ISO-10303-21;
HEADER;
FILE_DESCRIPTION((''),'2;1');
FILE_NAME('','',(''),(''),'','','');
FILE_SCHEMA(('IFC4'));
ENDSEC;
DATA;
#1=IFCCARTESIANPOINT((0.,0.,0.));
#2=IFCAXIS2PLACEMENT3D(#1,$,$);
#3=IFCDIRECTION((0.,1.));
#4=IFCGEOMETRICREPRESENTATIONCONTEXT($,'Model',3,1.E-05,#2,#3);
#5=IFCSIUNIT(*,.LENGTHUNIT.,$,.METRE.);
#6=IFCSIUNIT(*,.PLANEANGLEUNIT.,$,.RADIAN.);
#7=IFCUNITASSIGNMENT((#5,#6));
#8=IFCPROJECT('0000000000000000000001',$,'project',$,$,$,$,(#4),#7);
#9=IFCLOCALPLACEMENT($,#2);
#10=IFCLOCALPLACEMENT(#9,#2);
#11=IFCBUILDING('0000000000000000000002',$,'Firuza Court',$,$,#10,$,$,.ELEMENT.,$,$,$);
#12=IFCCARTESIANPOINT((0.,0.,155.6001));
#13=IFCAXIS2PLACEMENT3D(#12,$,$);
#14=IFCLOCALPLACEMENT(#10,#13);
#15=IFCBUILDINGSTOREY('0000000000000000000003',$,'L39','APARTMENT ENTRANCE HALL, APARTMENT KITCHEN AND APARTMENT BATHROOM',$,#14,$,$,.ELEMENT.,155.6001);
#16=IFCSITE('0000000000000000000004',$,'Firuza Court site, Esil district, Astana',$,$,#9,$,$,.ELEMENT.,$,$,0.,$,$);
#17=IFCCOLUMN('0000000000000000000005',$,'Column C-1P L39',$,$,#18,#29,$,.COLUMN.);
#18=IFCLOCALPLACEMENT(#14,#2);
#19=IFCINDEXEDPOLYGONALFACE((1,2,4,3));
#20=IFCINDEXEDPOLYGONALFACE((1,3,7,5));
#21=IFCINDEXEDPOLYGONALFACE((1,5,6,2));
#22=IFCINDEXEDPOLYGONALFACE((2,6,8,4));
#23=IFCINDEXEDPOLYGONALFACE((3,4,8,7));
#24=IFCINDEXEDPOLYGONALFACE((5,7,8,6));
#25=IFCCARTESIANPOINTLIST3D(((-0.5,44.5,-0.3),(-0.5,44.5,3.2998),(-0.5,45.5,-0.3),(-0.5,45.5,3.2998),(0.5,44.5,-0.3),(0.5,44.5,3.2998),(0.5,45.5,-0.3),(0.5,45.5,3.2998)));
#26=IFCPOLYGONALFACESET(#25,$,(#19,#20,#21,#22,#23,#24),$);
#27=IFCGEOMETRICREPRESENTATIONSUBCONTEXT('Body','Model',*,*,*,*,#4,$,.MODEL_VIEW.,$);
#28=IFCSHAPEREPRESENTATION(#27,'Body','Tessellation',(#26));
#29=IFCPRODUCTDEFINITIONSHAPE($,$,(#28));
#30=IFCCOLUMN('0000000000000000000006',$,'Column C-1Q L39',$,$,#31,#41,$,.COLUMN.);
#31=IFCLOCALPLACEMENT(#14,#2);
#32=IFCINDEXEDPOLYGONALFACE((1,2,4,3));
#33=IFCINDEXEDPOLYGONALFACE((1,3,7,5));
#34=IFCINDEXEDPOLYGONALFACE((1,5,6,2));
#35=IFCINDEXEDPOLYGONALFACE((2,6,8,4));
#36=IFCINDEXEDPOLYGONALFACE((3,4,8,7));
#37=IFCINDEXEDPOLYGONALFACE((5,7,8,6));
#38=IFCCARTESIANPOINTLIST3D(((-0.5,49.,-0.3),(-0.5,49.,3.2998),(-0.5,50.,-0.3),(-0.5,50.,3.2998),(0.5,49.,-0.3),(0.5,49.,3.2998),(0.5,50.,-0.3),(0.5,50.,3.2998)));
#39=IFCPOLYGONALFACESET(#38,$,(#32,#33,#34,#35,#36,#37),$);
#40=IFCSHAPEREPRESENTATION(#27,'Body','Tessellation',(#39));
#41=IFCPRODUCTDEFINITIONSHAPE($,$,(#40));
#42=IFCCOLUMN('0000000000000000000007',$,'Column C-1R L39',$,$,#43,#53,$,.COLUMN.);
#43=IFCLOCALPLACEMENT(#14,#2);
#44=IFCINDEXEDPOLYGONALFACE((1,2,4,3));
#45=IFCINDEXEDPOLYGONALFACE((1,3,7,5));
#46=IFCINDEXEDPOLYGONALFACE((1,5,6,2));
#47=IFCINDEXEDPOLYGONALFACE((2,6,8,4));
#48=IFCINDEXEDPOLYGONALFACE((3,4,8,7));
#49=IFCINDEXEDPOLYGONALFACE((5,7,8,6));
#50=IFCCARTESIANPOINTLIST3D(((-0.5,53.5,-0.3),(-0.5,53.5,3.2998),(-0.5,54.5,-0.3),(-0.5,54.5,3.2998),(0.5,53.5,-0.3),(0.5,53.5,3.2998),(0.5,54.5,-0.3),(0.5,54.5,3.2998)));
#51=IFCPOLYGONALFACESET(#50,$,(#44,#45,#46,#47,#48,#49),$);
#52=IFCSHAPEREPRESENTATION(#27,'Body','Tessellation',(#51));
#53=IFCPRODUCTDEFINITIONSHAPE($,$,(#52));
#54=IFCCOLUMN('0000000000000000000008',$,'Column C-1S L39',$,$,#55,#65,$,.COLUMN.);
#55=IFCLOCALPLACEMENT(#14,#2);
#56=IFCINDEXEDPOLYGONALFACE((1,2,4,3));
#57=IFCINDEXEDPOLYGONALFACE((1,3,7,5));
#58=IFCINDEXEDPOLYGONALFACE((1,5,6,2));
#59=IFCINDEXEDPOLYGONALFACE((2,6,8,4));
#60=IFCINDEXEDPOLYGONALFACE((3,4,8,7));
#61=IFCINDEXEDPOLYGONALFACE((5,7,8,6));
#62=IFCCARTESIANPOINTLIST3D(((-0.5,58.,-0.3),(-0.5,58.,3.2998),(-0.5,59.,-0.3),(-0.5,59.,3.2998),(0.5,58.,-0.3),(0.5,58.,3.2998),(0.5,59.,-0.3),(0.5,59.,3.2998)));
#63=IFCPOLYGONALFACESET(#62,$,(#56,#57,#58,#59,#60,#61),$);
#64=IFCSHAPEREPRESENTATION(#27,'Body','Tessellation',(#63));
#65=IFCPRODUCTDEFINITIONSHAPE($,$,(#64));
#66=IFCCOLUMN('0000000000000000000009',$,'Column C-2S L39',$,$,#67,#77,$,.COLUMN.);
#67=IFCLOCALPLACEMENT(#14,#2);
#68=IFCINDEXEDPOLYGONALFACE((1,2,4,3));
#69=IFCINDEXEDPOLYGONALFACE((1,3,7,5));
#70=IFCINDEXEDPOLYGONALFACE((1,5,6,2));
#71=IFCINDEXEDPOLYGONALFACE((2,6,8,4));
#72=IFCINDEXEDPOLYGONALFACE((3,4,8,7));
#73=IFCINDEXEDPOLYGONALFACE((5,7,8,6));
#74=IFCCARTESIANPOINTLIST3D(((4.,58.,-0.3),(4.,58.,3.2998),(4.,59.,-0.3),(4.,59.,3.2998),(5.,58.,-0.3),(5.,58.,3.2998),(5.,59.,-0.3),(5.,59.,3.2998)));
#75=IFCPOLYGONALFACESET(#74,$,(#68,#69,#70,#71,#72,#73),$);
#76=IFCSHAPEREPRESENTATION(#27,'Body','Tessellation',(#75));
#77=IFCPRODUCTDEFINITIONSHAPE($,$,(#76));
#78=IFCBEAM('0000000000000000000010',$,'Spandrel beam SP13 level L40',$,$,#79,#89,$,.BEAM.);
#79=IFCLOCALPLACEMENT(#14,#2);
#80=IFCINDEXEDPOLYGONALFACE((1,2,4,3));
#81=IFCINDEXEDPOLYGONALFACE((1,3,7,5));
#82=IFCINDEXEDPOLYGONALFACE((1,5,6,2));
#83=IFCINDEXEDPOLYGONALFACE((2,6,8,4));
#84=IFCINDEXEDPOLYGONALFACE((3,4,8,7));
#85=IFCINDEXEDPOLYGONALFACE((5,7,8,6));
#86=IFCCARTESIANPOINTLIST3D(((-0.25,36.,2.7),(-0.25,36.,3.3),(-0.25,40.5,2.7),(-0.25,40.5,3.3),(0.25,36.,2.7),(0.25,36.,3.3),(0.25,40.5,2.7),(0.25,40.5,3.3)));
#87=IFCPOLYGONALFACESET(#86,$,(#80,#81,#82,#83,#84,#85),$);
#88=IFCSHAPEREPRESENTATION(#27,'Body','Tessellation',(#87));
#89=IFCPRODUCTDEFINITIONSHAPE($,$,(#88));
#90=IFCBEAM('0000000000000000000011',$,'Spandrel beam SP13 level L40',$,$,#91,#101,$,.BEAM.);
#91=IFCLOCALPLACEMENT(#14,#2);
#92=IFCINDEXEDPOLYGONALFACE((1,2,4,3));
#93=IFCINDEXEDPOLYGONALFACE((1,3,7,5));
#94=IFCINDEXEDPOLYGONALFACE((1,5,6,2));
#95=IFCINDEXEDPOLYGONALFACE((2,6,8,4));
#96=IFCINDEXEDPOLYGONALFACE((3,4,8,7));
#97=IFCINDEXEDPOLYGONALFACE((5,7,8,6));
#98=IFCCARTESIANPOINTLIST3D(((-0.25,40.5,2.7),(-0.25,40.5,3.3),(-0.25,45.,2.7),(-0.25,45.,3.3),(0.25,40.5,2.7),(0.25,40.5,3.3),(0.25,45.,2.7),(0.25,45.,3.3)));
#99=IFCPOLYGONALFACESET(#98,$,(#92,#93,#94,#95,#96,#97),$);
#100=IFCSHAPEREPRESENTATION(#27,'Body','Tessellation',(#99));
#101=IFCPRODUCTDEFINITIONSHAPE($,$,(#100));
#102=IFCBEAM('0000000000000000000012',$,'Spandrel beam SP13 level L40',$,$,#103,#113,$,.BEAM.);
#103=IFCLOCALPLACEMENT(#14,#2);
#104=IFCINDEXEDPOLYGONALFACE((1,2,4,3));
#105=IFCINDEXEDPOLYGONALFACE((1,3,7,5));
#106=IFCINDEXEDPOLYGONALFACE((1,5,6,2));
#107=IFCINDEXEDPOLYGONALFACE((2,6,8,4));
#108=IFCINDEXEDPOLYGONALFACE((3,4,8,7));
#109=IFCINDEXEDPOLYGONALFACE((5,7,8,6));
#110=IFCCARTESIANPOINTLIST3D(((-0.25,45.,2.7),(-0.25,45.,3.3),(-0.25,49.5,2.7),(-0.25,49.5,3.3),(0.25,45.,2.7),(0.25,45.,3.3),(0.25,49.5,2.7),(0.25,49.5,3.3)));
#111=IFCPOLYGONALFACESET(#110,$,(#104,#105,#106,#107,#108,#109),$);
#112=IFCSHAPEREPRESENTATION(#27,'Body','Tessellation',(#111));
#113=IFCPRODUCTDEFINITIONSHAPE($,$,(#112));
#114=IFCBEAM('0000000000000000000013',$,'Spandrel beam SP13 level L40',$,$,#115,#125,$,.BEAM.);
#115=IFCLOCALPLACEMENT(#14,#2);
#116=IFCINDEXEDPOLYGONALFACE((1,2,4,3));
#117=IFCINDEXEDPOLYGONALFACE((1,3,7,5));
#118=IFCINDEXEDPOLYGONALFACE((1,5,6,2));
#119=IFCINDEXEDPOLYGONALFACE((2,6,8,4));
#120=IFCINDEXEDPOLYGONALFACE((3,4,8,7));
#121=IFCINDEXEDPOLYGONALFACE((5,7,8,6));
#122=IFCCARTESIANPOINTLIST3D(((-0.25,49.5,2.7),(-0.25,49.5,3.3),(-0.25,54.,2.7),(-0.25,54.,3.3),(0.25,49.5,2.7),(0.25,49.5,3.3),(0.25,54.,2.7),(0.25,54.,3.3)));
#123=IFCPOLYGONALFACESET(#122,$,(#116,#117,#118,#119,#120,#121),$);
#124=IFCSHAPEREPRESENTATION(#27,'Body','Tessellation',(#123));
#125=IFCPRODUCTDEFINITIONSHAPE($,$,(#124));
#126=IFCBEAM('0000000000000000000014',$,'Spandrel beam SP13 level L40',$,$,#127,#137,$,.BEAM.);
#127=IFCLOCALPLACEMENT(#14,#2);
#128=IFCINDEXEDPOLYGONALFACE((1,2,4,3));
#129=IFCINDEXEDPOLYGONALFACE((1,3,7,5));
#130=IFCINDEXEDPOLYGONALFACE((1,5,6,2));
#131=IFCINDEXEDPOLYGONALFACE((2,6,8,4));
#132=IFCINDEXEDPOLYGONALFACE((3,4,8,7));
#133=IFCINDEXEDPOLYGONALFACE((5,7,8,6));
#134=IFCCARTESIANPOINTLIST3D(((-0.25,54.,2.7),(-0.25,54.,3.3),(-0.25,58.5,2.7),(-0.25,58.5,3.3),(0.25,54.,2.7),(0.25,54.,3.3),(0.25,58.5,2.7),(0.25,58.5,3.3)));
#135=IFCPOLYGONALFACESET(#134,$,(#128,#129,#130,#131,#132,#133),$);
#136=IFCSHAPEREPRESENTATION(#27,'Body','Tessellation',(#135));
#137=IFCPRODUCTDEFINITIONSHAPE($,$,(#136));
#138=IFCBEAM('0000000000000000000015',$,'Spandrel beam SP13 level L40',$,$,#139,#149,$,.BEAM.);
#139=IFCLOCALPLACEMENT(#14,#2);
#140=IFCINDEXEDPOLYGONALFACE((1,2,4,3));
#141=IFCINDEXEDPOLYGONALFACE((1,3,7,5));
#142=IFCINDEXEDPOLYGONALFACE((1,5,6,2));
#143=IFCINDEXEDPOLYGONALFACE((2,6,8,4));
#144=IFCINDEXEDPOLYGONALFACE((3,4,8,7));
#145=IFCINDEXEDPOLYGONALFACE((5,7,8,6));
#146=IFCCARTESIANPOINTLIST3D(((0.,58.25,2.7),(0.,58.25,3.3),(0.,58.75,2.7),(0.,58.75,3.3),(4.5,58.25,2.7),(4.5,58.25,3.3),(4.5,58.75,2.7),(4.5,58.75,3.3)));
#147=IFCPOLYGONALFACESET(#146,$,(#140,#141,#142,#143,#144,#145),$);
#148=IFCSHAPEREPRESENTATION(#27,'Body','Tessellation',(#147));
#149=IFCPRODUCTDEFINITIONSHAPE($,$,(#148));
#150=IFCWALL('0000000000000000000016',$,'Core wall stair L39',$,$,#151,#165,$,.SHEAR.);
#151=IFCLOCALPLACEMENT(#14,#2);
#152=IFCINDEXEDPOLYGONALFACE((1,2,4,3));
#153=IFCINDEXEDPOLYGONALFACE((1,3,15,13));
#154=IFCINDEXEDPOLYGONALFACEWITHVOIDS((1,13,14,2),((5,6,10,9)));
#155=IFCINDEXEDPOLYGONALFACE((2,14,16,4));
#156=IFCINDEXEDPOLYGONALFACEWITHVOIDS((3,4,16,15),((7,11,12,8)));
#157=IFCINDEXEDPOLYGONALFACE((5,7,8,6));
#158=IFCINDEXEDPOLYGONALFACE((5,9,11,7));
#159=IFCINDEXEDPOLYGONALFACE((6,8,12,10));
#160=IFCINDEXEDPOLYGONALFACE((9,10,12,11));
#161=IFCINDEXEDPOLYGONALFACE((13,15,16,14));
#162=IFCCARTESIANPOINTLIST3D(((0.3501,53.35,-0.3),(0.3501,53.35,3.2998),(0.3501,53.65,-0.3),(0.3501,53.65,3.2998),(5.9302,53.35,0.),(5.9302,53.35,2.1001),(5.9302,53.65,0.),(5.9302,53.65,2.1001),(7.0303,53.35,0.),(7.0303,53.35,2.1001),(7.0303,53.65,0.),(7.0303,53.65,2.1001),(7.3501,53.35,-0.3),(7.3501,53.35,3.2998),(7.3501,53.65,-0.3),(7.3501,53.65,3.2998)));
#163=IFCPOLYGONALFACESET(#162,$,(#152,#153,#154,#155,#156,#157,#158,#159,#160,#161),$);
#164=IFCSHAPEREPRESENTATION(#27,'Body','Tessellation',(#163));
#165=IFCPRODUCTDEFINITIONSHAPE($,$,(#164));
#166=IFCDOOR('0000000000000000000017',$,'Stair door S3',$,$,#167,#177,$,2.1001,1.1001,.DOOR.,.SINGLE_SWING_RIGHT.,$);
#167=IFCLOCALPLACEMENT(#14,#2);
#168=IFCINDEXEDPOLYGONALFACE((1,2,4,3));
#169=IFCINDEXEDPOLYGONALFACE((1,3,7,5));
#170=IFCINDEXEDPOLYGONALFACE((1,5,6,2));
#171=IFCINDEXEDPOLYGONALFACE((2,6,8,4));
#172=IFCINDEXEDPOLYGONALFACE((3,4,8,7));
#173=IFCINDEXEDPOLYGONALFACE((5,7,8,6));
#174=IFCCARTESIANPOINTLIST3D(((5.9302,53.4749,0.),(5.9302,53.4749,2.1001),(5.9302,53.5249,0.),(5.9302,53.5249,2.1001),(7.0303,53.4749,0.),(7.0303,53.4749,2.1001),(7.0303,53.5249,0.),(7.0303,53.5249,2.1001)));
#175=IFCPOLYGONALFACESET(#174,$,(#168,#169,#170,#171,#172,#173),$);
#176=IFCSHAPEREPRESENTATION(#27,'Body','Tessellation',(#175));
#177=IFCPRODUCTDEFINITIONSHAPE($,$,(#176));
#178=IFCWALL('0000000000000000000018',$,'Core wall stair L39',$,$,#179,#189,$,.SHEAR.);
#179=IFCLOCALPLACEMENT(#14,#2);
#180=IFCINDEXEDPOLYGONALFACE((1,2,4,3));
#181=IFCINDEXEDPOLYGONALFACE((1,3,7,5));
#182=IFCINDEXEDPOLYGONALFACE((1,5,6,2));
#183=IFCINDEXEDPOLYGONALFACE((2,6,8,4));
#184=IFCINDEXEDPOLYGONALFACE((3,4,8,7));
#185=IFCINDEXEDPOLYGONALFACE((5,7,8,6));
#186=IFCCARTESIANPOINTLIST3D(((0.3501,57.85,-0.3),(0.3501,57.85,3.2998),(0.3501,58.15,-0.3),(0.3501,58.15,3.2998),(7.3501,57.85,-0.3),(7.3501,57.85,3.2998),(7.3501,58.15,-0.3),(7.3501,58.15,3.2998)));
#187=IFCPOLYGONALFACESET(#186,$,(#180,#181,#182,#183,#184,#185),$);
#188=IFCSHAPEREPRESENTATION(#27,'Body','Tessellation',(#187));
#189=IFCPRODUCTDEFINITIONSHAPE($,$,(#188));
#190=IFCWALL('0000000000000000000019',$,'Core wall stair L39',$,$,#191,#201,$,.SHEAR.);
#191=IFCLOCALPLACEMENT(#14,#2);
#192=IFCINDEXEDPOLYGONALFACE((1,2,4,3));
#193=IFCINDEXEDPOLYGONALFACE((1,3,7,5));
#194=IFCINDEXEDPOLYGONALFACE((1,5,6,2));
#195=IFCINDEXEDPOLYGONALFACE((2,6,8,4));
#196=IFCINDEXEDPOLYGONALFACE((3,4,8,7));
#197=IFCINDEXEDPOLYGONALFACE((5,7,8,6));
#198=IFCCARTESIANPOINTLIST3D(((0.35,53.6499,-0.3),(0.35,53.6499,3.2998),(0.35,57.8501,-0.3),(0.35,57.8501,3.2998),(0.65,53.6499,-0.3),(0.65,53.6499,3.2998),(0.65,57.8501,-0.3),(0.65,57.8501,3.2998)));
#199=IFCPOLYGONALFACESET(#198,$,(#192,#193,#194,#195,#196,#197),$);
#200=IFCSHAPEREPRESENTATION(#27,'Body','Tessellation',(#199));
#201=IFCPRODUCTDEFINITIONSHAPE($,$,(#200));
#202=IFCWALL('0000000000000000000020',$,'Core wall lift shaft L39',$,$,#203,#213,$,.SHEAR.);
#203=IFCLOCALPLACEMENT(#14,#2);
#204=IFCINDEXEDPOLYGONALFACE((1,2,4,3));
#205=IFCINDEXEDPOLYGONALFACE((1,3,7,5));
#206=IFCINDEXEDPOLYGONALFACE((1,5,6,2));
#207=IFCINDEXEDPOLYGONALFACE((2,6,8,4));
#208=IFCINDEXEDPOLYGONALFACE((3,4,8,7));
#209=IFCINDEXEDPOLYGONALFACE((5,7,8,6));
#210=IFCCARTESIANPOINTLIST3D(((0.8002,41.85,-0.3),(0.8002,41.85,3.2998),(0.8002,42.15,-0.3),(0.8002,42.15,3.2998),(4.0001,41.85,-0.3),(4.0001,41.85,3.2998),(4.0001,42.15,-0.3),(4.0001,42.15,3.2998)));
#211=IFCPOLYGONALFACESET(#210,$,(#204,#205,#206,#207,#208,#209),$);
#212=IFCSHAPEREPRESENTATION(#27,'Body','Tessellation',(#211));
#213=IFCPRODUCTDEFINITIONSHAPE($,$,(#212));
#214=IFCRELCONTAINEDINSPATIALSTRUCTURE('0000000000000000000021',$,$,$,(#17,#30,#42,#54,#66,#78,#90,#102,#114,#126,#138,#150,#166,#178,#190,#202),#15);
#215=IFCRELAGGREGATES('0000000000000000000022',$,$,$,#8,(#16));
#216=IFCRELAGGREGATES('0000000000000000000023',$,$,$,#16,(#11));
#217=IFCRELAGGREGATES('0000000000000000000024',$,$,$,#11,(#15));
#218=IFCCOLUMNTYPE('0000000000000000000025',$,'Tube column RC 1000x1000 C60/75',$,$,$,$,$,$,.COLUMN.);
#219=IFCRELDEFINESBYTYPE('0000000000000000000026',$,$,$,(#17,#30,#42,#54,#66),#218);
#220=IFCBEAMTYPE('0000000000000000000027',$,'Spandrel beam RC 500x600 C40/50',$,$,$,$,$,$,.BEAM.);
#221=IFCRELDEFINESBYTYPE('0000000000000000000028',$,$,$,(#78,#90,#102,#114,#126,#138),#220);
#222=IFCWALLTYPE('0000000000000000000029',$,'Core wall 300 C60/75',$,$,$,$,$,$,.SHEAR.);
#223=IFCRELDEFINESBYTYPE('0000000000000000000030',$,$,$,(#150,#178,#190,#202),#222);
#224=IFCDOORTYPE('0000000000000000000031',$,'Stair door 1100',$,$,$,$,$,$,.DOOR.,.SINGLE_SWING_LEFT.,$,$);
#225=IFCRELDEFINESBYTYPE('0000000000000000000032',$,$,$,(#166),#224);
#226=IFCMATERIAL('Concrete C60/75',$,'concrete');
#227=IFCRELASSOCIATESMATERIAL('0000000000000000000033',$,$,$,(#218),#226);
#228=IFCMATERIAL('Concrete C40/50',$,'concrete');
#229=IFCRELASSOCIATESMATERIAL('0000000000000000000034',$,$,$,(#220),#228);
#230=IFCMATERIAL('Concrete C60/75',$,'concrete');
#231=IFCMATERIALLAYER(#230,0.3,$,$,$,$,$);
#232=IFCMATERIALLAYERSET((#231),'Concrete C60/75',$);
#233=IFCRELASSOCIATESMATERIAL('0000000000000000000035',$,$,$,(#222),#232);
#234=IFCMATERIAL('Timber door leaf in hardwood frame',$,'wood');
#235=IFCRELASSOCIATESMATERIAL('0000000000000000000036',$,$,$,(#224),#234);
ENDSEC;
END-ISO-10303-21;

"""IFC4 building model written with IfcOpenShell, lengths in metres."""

from ifc_helpers import new_model, si_unit, direction, frame, frame_2d, origin, origin_2d, place, context, subcontext, project, spatial, rectangle, extrude, material, layer, layer_set, material_profile, profile_set, type_object, element, fill, save


model = new_model("IFC4")

# Units and contexts
model_context = context("Model", 3, precision=1e-05, world=origin(), true_north=direction((0.0, 1.0)))
body_context = subcontext(model_context, "Body", "Model", "MODEL_VIEW")
ifc_project = project(units=[si_unit("LENGTHUNIT", "METRE"), si_unit("PLANEANGLEUNIT", "RADIAN")], contexts=[model_context])

# Site, building, storey
site_placement = place(None, origin())
site = spatial("IfcSite", under=ifc_project, at=site_placement, Name="Firuza Court site, Esil district, Astana", CompositionType="ELEMENT", RefElevation=0.0)
building_placement = place(site_placement, origin())
building = spatial("IfcBuilding", under=site, at=building_placement, Name="Firuza Court", CompositionType="ELEMENT")
storey_placement = place(building_placement, frame((0.0, 0.0, 155.6001)))
storey = spatial("IfcBuildingStorey", under=building, at=storey_placement, Name="L39", Description="APARTMENT ENTRANCE HALL, APARTMENT KITCHEN AND APARTMENT BATHROOM", CompositionType="ELEMENT", Elevation=155.6001)

# Columns
ifc_material_1 = material(Name="Concrete C60/75", Category="concrete")
ifc_material_profile_1 = material_profile(ifc_material_1, rectangle(XDim=1.0, YDim=1.0, at=origin_2d()), Name="RC 1000x1000")
ifc_profile_set_1 = profile_set([ifc_material_profile_1], Name="Concrete C60/75")
column_type = type_object("IfcColumnType", Name="Tube column RC 1000x1000 C60/75", PredefinedType="COLUMN", material=ifc_profile_set_1)
for number, where, z_axis, x_axis, name in (
    (1, (0.0, 45.0, -0.3), (0.0, 0.0, 1.0), (1.0, 0.0, 0.0), "Column C-1P L39"),
    (2, (0.0, 49.5, -0.3), (0.0, 0.0, 1.0), (1.0, 0.0, 0.0), "Column C-1Q L39"),
    (3, (0.0, 54.0, -0.3), (0.0, 0.0, 1.0), (1.0, 0.0, 0.0), "Column C-1R L39"),
    (4, (0.0, 58.5, -0.3), (0.0, 0.0, 1.0), (1.0, 0.0, 0.0), "Column C-1S L39"),
    (5, (4.5, 58.5, -0.3), (0.0, 0.0, 1.0), (1.0, 0.0, 0.0), "Column C-2S L39"),
):
    element("IfcColumn", number, at=place(storey_placement, frame(where, z_axis=z_axis, x_axis=x_axis)), inside=storey, type_object=column_type, Name=name, PredefinedType="COLUMN", context=body_context, shape_type="SweptSolid", body=[
        extrude(rectangle(XDim=1.0, YDim=1.0, at=origin_2d()), origin(), (0.0, 0.0, 1.0), 3.5999),
    ])

# Beams
ifc_material_2 = material(Name="Concrete C40/50", Category="concrete")
ifc_material_profile_2 = material_profile(ifc_material_2, rectangle(XDim=0.5, YDim=0.6001, at=origin_2d()), Name="RC 500x600")
ifc_profile_set_2 = profile_set([ifc_material_profile_2], Name="Concrete C40/50")
beam_type = type_object("IfcBeamType", Name="Spandrel beam RC 500x600 C40/50", PredefinedType="BEAM", material=ifc_profile_set_2)
for number, where, z_axis, x_axis, name in (
    (6, (0.0, 40.5, 3.0), (0.0, -1.0, 0.0), (1.0, 0.0, 0.0), "Spandrel beam SP13 level L40"),
    (7, (0.0, 45.0, 3.0), (0.0, -1.0, 0.0), (1.0, 0.0, 0.0), "Spandrel beam SP13 level L40"),
    (8, (0.0, 49.5, 3.0), (0.0, -1.0, 0.0), (1.0, 0.0, 0.0), "Spandrel beam SP13 level L40"),
    (9, (0.0, 54.0, 3.0), (0.0, -1.0, 0.0), (1.0, 0.0, 0.0), "Spandrel beam SP13 level L40"),
    (10, (0.0, 58.5, 3.0), (0.0, -1.0, 0.0), (1.0, 0.0, 0.0), "Spandrel beam SP13 level L40"),
    (11, (4.5, 58.5, 3.0), (-1.0, 0.0, 0.0), (0.0, -1.0, 0.0), "Spandrel beam SP13 level L40"),
):
    element("IfcBeam", number, at=place(storey_placement, frame(where, z_axis=z_axis, x_axis=x_axis)), inside=storey, type_object=beam_type, Name=name, PredefinedType="BEAM", context=body_context, shape_type="SweptSolid", body=[
        extrude(rectangle(XDim=0.5, YDim=0.6001, at=origin_2d()), origin(), (0.0, 0.0, 1.0), 4.5),
    ])

# Wall, opening, door
ifc_material_3 = material(Name="Concrete C60/75", Category="concrete")
ifc_layer_1 = layer(ifc_material_3, 0.3)
ifc_layer_set_1 = layer_set([ifc_layer_1], Name="Concrete C60/75")
wall_type_1 = type_object("IfcWallType", Name="Core wall 300 C60/75", PredefinedType="SHEAR", material=ifc_layer_set_1)
wall_1_placement = place(storey_placement, frame((0.3501, 53.5, -0.3), z_axis=(0.0, 0.0, 1.0), x_axis=(1.0, 0.0, 0.0)))
wall_1 = element("IfcWall", 12, at=wall_1_placement, inside=storey, type_object=wall_type_1, Name="Core wall stair L39", PredefinedType="SHEAR", context=body_context, shape_type="SweptSolid", body=[
    extrude(rectangle(XDim=7.0, YDim=0.3, at=frame_2d((3.5, 0.0))), origin(), (0.0, 0.0, 1.0), 3.5999),
])
opening_1_placement = place(wall_1_placement, frame((5.5801, 0.0, 0.3)))
opening_1 = element("IfcOpeningElement", 13, at=opening_1_placement, cuts=wall_1, PredefinedType="OPENING", context=body_context, shape_type="SweptSolid", body=[
    extrude(rectangle(XDim=1.1001, YDim=2.1001, at=frame_2d((0.55, 1.05))), frame((0.0, 0.1621, 0.0), z_axis=(0.0, -1.0, 0.0), x_axis=(1.0, 0.0, 0.0)), (0.0, 0.0, 1.0), 0.324),
])
ifc_material_4 = material(Name="Timber door leaf in hardwood frame", Category="wood")
door_type = type_object("IfcDoorType", Name="Stair door 1100", OperationType="SINGLE_SWING_LEFT", PredefinedType="DOOR", material=ifc_material_4)
door_placement = place(opening_1_placement, origin())
door = element("IfcDoor", 14, at=door_placement, inside=storey, type_object=door_type, Name="Stair door S3", OperationType="SINGLE_SWING_RIGHT", OverallHeight=2.1001, OverallWidth=1.1001, PredefinedType="DOOR", context=body_context, shape_type="SweptSolid", body=[
    extrude(rectangle(XDim=1.1001, YDim=2.1001, at=frame_2d((0.55, 1.05))), frame((0.0, 0.0249, 0.0), z_axis=(0.0, -1.0, 0.0), x_axis=(1.0, 0.0, 0.0)), (0.0, 0.0, 1.0), 0.05),
])
fill(opening_1, door)

# Walls
wall_2_placement = place(storey_placement, frame((0.3501, 58.0, -0.3), z_axis=(0.0, 0.0, 1.0), x_axis=(1.0, 0.0, 0.0)))
element("IfcWall", 15, at=wall_2_placement, inside=storey, type_object=wall_type_1, Name="Core wall stair L39", PredefinedType="SHEAR", context=body_context, shape_type="SweptSolid", body=[
    extrude(rectangle(XDim=7.0, YDim=0.3, at=frame_2d((3.5, 0.0))), origin(), (0.0, 0.0, 1.0), 3.5999),
])
wall_3_placement = place(storey_placement, frame((0.5, 53.6499, -0.3), z_axis=(0.0, 0.0, 1.0), x_axis=(0.0, 1.0, 0.0)))
element("IfcWall", 16, at=wall_3_placement, inside=storey, type_object=wall_type_1, Name="Core wall stair L39", PredefinedType="SHEAR", context=body_context, shape_type="SweptSolid", body=[
    extrude(rectangle(XDim=4.2002, YDim=0.3, at=frame_2d((2.1001, 0.0))), origin(), (0.0, 0.0, 1.0), 3.5999),
])
for number, where, z_axis, x_axis, name in (
    (17, (0.8, 42.0, -0.3), (0.0, 0.0, 1.0), (1.0, 0.0, 0.0), "Core wall lift shaft L39"),
):
    element("IfcWall", number, at=place(storey_placement, frame(where, z_axis=z_axis, x_axis=x_axis)), inside=storey, type_object=wall_type_1, Name=name, PredefinedType="SHEAR", context=body_context, shape_type="SweptSolid", body=[
        extrude(rectangle(XDim=3.2, YDim=0.3, at=frame_2d((1.6001, 0.0))), origin(), (0.0, 0.0, 1.0), 3.5999),
    ])

save(model, "model.ifc")
